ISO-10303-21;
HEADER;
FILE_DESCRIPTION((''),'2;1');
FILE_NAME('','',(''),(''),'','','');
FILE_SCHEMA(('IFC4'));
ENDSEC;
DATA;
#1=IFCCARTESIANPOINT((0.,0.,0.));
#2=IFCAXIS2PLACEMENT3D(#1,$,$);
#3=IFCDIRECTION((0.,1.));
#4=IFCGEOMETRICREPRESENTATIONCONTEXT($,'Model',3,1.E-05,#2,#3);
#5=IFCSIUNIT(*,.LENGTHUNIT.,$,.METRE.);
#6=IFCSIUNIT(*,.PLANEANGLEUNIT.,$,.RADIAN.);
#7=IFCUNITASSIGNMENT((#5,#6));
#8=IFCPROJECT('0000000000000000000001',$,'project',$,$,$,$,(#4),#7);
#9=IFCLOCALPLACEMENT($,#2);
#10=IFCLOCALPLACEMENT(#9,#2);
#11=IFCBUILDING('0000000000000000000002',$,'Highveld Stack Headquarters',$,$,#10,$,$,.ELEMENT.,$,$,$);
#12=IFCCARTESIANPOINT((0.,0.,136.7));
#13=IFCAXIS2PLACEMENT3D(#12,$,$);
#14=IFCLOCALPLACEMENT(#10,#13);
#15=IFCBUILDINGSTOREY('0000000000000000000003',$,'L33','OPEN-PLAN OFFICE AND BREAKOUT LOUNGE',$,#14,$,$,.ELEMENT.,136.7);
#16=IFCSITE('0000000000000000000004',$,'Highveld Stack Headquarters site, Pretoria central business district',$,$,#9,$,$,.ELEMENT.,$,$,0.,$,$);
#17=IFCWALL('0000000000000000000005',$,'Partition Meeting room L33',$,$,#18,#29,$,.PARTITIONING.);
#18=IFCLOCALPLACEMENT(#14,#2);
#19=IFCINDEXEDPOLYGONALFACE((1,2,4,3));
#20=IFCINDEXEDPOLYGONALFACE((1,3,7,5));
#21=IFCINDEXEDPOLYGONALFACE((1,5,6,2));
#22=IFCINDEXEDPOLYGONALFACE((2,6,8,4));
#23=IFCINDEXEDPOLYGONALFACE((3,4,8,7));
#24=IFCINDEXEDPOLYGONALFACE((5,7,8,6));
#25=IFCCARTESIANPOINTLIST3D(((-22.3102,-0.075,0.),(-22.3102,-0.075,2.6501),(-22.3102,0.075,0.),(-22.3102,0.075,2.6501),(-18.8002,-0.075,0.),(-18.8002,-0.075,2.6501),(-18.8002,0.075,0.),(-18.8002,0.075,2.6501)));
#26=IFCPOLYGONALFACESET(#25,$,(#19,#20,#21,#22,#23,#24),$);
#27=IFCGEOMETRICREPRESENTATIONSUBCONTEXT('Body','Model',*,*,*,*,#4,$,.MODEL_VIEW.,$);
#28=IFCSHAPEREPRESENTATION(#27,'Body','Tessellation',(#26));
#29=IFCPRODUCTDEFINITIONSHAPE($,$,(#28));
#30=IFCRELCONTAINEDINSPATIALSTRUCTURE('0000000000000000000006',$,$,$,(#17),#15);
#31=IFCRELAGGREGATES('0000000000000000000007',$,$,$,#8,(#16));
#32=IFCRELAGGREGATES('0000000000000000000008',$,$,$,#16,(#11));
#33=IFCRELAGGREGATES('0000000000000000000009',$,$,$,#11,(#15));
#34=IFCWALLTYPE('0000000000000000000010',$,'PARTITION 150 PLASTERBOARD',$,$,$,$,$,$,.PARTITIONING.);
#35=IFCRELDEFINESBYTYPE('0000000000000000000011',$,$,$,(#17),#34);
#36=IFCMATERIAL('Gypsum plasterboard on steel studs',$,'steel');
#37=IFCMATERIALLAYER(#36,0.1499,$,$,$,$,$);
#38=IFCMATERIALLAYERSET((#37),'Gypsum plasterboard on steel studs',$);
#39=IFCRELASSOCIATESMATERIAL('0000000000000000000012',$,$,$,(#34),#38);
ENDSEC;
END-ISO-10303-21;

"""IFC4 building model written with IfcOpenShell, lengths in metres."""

from ifc_helpers import new_model, si_unit, direction, frame, frame_2d, origin, place, context, subcontext, project, spatial, rectangle, extrude, material, layer, layer_set, type_object, element, save


model = new_model("IFC4")

# Units and contexts
model_context = context("Model", 3, precision=1e-05, world=origin(), true_north=direction((0.0, 1.0)))
body_context = subcontext(model_context, "Body", "Model", "MODEL_VIEW")
ifc_project = project(units=[si_unit("LENGTHUNIT", "METRE"), si_unit("PLANEANGLEUNIT", "RADIAN")], contexts=[model_context])

# Site, building, storey
site_placement = place(None, origin())
site = spatial("IfcSite", under=ifc_project, at=site_placement, Name="Highveld Stack Headquarters site, Pretoria central business district", CompositionType="ELEMENT", RefElevation=0.0)
building_placement = place(site_placement, origin())
building = spatial("IfcBuilding", under=site, at=building_placement, Name="Highveld Stack Headquarters", CompositionType="ELEMENT")
storey_placement = place(building_placement, frame((0.0, 0.0, 136.7)))
storey = spatial("IfcBuildingStorey", under=building, at=storey_placement, Name="L33", Description="OPEN-PLAN OFFICE AND BREAKOUT LOUNGE", CompositionType="ELEMENT", Elevation=136.7)

# Wall
ifc_material_1 = material(Name="Gypsum plasterboard on steel studs", Category="steel")
ifc_layer_1 = layer(ifc_material_1, 0.1499)
ifc_layer_set_1 = layer_set([ifc_layer_1], Name="Gypsum plasterboard on steel studs")
wall_type = type_object("IfcWallType", Name="PARTITION 150 PLASTERBOARD", PredefinedType="PARTITIONING", material=ifc_layer_set_1)
wall_1_placement = place(storey_placement, frame((-22.3101, 0.0, 0.0), z_axis=(0.0, 0.0, 1.0), x_axis=(1.0, 0.0, 0.0)))
element("IfcWall", 1, at=wall_1_placement, inside=storey, type_object=wall_type, Name="Partition Meeting room L33", PredefinedType="PARTITIONING", context=body_context, shape_type="SweptSolid", body=[
    extrude(rectangle(XDim=3.51, YDim=0.1499, at=frame_2d((1.7549, 0.0))), origin(), (0.0, 0.0, 1.0), 2.6501),
])

save(model, "model.ifc")
